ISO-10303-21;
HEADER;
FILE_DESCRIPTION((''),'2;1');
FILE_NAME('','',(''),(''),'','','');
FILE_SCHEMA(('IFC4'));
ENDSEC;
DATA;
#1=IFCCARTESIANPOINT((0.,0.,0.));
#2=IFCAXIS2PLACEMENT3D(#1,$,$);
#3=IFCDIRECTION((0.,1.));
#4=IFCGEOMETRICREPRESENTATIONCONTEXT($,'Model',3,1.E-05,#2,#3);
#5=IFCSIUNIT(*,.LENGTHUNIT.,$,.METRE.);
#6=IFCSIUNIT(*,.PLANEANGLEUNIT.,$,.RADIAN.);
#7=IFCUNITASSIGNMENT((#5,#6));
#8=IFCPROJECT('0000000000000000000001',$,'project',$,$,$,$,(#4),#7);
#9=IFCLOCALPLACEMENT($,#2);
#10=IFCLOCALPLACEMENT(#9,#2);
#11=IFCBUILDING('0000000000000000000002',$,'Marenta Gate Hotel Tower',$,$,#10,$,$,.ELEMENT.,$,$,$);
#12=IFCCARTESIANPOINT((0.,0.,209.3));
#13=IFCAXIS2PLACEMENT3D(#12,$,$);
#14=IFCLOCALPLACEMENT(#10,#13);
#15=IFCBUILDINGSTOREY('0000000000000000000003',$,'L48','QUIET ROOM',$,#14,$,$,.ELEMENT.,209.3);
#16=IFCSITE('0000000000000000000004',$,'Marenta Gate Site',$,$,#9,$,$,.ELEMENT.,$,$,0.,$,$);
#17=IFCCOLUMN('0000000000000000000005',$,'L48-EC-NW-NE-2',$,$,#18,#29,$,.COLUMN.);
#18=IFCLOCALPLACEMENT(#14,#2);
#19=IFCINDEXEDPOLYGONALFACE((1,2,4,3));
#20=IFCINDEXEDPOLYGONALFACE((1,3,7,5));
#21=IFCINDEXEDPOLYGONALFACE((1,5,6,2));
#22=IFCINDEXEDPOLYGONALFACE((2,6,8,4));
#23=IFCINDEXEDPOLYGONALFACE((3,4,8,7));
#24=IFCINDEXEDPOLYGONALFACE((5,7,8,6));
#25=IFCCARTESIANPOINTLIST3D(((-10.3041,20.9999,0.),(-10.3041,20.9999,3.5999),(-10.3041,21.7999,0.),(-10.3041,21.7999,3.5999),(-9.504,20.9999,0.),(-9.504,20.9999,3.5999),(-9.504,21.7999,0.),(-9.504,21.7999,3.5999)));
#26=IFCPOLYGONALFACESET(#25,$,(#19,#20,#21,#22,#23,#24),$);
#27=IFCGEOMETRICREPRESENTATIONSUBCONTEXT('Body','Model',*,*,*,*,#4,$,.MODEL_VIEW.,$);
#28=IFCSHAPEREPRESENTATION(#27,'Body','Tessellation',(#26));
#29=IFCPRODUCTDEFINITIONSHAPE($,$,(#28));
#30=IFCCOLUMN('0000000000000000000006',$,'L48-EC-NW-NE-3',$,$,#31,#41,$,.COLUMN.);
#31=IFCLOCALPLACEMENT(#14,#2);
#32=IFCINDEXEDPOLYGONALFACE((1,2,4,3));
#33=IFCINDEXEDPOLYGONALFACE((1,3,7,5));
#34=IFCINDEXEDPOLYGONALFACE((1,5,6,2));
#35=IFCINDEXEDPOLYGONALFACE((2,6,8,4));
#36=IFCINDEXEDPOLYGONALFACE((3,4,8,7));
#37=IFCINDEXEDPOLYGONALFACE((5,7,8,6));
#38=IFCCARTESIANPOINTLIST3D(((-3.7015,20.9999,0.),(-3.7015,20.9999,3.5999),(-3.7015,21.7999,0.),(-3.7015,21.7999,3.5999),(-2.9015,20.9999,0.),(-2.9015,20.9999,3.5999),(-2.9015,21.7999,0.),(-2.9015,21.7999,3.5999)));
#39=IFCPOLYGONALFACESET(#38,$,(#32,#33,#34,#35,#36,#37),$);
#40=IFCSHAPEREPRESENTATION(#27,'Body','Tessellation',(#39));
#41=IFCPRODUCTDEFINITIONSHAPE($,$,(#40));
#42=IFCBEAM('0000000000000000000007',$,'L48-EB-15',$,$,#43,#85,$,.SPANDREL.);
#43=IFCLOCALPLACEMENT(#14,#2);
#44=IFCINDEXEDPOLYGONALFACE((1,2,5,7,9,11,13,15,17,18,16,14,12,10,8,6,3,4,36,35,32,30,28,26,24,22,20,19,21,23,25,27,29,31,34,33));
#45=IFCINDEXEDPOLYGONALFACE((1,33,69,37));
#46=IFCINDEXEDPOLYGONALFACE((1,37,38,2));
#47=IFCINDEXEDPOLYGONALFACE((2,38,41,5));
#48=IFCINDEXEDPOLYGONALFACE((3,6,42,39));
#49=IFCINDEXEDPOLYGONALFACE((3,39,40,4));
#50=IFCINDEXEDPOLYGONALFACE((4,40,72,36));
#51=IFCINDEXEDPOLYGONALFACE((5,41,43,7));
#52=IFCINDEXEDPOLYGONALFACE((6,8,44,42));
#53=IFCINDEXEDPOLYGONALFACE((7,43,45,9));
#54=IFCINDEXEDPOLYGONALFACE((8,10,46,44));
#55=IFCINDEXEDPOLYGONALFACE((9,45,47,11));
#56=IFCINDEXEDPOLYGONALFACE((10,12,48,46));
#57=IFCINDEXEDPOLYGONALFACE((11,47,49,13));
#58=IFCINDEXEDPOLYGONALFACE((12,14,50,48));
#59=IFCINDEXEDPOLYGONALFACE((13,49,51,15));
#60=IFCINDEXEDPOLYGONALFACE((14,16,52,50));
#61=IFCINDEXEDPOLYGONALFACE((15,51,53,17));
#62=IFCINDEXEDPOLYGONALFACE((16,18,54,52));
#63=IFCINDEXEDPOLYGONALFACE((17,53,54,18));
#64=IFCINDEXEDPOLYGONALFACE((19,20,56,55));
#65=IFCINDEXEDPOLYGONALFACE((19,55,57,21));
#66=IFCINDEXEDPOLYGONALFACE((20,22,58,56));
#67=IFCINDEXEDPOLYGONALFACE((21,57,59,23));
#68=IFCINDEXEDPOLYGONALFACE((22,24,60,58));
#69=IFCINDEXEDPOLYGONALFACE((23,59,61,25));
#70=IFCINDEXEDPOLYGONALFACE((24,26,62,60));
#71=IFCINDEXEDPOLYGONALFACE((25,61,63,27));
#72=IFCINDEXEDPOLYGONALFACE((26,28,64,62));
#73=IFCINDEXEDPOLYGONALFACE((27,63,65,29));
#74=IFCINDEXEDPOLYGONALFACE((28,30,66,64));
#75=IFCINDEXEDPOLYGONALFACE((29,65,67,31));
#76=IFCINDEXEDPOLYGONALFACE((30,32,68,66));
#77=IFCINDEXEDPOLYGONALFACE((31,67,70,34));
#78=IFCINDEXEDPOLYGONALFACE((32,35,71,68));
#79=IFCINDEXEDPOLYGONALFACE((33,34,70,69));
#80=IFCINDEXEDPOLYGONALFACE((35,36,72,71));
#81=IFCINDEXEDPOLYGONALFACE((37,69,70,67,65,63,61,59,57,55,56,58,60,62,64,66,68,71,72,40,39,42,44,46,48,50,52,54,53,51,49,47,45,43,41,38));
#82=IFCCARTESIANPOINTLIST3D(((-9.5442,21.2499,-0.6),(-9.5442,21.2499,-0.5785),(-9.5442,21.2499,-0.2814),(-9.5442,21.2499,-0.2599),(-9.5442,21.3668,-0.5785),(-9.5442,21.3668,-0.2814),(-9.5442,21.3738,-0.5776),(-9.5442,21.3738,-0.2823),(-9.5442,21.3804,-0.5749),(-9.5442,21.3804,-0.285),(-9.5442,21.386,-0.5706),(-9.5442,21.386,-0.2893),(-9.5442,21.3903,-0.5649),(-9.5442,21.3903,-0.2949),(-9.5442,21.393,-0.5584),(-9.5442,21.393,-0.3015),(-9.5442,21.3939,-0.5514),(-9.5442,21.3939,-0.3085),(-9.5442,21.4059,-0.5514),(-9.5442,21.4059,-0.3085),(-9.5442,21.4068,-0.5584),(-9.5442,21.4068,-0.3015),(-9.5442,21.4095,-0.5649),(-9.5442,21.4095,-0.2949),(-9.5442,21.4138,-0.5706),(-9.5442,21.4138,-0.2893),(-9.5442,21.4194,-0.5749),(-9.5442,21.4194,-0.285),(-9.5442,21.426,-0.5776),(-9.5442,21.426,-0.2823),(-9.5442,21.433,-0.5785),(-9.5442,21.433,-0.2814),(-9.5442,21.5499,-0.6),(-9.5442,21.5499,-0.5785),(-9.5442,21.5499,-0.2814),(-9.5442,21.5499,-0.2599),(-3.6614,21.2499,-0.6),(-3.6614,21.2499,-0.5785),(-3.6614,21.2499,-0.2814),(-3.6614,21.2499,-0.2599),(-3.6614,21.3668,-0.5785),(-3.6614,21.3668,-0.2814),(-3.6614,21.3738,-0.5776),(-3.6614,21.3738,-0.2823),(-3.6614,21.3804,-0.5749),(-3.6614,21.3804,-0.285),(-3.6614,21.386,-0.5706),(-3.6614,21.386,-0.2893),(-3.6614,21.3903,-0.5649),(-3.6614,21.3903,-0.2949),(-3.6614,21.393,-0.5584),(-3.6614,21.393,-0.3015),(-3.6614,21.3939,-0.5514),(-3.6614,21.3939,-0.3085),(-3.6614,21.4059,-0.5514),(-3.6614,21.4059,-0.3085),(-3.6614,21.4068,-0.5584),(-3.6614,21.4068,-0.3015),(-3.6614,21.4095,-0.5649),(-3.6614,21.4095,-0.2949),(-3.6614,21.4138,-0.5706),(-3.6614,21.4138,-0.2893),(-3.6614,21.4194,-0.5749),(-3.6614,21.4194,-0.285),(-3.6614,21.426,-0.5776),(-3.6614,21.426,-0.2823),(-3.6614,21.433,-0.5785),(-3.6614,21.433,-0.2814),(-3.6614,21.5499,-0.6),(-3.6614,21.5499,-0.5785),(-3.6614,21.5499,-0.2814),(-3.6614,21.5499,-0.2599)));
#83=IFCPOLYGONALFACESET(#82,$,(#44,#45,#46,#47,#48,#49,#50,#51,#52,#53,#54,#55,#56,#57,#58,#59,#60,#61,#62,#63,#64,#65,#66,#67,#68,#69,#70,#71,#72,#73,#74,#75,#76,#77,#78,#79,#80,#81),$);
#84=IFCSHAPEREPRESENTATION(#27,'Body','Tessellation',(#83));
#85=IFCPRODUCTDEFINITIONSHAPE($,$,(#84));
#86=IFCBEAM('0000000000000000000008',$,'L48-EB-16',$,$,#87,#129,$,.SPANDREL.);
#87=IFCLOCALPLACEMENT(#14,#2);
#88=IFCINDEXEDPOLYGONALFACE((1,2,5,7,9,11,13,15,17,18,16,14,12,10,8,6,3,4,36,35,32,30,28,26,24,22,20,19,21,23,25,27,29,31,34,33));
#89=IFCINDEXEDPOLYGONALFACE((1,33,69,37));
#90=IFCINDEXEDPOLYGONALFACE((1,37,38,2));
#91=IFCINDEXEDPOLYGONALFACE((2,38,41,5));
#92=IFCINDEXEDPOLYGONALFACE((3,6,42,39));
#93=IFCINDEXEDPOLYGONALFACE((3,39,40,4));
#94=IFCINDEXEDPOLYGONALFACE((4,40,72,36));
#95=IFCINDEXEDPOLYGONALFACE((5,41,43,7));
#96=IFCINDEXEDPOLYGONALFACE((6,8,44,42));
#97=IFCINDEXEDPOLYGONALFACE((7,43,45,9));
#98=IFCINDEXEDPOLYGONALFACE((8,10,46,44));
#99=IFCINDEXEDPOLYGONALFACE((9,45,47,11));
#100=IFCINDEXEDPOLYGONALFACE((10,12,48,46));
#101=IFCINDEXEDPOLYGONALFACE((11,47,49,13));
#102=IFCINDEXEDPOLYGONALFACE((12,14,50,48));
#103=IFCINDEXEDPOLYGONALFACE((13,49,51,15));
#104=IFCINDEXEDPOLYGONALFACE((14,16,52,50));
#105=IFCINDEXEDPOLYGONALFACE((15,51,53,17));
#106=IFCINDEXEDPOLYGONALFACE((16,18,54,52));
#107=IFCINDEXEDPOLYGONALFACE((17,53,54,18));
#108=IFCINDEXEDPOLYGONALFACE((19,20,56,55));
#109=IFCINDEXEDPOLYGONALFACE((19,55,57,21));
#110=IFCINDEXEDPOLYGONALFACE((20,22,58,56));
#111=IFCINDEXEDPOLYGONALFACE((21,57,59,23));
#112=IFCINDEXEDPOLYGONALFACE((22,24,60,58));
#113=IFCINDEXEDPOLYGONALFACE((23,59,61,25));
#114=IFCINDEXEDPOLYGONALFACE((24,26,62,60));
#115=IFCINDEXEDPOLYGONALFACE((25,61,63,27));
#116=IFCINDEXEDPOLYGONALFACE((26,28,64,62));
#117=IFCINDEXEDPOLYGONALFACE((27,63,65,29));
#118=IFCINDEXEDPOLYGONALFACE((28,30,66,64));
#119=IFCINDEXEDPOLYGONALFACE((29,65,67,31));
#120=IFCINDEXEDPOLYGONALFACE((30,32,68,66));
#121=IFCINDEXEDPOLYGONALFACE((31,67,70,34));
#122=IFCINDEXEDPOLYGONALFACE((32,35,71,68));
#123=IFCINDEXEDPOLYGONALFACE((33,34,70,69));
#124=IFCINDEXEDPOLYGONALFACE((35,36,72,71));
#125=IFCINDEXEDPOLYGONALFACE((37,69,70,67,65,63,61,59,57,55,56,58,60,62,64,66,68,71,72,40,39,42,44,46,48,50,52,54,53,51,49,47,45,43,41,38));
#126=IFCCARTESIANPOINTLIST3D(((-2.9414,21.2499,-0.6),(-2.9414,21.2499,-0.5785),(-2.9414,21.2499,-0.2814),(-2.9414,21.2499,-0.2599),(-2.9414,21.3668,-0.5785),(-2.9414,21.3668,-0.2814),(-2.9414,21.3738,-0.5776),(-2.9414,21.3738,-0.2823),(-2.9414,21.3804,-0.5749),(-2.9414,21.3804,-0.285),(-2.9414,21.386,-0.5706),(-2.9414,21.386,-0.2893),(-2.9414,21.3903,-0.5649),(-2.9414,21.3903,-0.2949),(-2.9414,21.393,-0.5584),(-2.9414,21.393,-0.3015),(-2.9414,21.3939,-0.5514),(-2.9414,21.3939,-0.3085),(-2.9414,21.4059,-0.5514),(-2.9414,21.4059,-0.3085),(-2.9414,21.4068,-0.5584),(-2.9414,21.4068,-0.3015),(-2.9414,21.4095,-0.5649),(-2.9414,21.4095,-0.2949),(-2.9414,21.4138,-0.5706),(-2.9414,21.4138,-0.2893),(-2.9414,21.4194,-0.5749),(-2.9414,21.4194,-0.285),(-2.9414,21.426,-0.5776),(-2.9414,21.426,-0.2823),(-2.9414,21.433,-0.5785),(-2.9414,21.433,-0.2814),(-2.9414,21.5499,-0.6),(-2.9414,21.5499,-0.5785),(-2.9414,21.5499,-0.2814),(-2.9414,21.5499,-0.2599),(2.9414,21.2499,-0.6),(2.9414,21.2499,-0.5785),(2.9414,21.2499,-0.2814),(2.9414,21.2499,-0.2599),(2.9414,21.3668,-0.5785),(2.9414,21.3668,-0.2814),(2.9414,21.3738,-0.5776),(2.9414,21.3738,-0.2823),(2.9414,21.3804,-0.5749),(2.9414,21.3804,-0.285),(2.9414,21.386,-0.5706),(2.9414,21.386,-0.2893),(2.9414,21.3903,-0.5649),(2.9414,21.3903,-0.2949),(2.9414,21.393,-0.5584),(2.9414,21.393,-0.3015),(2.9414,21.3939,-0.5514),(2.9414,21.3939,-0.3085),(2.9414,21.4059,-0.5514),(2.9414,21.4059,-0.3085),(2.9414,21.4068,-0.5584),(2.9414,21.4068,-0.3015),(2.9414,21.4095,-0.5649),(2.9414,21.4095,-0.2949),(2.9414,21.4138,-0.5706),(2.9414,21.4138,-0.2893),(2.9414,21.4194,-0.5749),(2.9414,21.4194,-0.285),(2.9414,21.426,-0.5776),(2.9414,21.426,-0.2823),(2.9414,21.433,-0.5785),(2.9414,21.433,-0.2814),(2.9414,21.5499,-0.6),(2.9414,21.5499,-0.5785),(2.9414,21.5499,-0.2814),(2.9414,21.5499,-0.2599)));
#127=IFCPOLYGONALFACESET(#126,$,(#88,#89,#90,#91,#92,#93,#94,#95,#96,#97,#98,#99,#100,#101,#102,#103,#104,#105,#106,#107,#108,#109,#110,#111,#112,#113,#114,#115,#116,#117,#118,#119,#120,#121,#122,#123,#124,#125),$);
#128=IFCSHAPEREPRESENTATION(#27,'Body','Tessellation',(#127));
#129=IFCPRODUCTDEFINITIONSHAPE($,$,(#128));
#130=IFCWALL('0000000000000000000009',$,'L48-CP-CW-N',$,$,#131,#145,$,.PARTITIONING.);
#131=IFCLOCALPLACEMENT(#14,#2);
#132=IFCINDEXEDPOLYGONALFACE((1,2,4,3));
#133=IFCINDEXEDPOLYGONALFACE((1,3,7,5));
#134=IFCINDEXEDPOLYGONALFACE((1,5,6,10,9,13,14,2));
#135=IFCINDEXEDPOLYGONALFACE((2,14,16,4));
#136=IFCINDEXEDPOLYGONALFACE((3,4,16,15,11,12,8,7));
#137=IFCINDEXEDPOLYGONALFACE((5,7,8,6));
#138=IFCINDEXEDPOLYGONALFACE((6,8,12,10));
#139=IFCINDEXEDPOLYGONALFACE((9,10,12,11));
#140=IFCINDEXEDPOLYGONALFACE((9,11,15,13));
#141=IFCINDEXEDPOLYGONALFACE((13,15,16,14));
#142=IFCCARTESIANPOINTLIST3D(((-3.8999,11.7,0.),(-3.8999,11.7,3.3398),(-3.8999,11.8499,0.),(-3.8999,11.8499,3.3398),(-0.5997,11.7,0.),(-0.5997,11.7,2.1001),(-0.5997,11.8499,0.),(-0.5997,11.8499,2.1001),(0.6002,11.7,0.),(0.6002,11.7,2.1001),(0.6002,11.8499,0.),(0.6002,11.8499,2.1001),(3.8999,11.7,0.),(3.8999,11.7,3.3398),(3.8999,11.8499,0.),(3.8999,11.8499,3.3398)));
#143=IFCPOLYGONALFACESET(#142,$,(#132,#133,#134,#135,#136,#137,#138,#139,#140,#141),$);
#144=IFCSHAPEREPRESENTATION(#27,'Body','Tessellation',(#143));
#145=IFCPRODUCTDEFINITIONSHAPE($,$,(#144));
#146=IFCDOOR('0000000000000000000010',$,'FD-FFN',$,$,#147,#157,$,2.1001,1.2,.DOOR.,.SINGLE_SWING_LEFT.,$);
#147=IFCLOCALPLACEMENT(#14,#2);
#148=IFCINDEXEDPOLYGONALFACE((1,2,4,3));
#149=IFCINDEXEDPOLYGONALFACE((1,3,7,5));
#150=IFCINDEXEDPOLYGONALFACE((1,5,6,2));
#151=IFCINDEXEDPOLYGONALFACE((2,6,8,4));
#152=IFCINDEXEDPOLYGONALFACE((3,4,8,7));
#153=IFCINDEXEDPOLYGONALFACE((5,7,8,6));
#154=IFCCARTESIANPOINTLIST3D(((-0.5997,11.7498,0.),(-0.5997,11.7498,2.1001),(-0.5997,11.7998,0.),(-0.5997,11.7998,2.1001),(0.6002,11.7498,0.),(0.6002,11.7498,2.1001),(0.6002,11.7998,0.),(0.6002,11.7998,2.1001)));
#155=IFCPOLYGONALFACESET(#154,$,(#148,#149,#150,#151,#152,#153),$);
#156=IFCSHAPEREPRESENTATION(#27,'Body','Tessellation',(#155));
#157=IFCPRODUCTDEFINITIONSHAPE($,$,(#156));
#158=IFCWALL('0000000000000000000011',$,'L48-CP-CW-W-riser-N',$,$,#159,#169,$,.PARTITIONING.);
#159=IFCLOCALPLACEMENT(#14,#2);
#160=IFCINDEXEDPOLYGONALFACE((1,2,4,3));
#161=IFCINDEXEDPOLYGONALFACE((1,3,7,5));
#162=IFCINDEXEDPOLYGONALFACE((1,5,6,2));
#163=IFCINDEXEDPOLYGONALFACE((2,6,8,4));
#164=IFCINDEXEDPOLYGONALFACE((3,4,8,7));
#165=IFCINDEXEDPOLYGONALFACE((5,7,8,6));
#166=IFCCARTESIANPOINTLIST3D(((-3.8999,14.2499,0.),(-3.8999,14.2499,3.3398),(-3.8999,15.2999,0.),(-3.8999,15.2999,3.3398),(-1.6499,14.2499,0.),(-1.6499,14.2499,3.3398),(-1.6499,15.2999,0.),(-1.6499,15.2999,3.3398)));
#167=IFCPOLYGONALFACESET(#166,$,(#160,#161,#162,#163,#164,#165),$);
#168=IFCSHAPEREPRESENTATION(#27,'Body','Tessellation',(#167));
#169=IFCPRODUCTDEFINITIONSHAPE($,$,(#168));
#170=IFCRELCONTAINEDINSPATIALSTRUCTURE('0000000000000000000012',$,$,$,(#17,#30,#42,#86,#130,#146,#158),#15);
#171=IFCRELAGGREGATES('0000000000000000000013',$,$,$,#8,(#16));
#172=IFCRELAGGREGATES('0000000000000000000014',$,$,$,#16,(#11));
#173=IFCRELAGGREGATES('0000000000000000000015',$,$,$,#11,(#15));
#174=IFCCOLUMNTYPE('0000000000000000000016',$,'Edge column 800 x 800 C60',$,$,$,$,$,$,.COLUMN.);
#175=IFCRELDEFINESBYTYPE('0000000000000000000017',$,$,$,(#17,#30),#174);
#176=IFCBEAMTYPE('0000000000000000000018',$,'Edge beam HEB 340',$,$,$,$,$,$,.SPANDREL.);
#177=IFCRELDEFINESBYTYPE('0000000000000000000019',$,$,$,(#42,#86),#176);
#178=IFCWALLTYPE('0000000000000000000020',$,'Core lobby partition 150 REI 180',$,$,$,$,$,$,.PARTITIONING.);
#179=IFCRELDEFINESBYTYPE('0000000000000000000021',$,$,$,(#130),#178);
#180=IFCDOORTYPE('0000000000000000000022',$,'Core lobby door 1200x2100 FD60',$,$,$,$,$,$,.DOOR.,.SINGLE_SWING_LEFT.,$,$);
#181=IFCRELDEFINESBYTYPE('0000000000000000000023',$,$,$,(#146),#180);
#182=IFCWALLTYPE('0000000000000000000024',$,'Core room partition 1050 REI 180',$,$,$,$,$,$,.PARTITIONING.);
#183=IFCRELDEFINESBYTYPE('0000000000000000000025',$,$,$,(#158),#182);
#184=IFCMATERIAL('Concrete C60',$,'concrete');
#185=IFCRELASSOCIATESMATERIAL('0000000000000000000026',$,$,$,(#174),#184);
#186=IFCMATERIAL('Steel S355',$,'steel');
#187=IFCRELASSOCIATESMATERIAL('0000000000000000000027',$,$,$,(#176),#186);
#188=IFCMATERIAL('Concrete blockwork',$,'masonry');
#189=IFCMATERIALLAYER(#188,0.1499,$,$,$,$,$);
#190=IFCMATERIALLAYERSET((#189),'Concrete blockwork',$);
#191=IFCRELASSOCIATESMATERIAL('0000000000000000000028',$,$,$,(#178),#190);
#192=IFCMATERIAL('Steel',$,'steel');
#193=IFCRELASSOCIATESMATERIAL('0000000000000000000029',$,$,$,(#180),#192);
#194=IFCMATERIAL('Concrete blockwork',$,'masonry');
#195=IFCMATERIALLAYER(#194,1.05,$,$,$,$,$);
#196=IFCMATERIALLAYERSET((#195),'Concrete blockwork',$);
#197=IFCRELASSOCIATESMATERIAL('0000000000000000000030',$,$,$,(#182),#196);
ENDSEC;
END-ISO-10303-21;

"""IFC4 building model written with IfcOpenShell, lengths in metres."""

from ifc_helpers import new_model, si_unit, direction, frame, frame_2d, origin, origin_2d, place, context, subcontext, project, spatial, rectangle, i_section, extrude, material, layer, layer_set, material_profile, profile_set, type_object, element, fill, save


model = new_model("IFC4")

# Units and contexts
model_context = context("Model", 3, precision=1e-05, world=origin(), true_north=direction((0.0, 1.0)))
body_context = subcontext(model_context, "Body", "Model", "MODEL_VIEW")
ifc_project = project(units=[si_unit("LENGTHUNIT", "METRE"), si_unit("PLANEANGLEUNIT", "RADIAN")], contexts=[model_context])

# Site, building, storey
site_placement = place(None, origin())
site = spatial("IfcSite", under=ifc_project, at=site_placement, Name="Marenta Gate Site", CompositionType="ELEMENT", RefElevation=0.0)
building_placement = place(site_placement, origin())
building = spatial("IfcBuilding", under=site, at=building_placement, Name="Marenta Gate Hotel Tower", CompositionType="ELEMENT")
storey_placement = place(building_placement, frame((0.0, 0.0, 209.3)))
storey = spatial("IfcBuildingStorey", under=building, at=storey_placement, Name="L48", Description="QUIET ROOM", CompositionType="ELEMENT", Elevation=209.3)

# Columns
ifc_material_1 = material(Name="Concrete C60", Category="concrete")
ifc_material_profile_1 = material_profile(ifc_material_1, rectangle(XDim=0.8, YDim=0.8, at=origin_2d()), Name="800 x 800")
ifc_profile_set_1 = profile_set([ifc_material_profile_1], Name="Concrete C60")
column_type = type_object("IfcColumnType", Name="Edge column 800 x 800 C60", PredefinedType="COLUMN", material=ifc_profile_set_1)
for number, where, z_axis, x_axis, name in (
    (1, (-9.9041, 21.3999, 0.0), (0.0, 0.0, 1.0), (1.0, 0.0, 0.0), "L48-EC-NW-NE-2"),
    (2, (-3.3015, 21.3999, 0.0), (0.0, 0.0, 1.0), (1.0, 0.0, 0.0), "L48-EC-NW-NE-3"),
):
    element("IfcColumn", number, at=place(storey_placement, frame(where, z_axis=z_axis, x_axis=x_axis)), inside=storey, type_object=column_type, Name=name, PredefinedType="COLUMN", context=body_context, shape_type="SweptSolid", body=[
        extrude(rectangle(XDim=0.8, YDim=0.8, at=origin_2d()), origin(), (0.0, 0.0, 1.0), 3.5999),
    ])

# Beams
ifc_material_2 = material(Name="Steel S355", Category="steel")
ifc_material_profile_2 = material_profile(ifc_material_2, i_section(OverallWidth=0.3, OverallDepth=0.3401, WebThickness=0.012, FlangeThickness=0.0215, FilletRadius=0.0271, at=origin_2d()), Name="HEB 340")
ifc_profile_set_2 = profile_set([ifc_material_profile_2], Name="Steel S355")
beam_type = type_object("IfcBeamType", Name="Edge beam HEB 340", PredefinedType="SPANDREL", material=ifc_profile_set_2)
for number, where, z_axis, x_axis, name in (
    (3, (-9.5442, 21.3999, -0.4299), (1.0, 0.0, 0.0), (0.0, 1.0, 0.0), "L48-EB-15"),
    (4, (-2.9414, 21.3999, -0.4299), (1.0, 0.0, 0.0), (0.0, 1.0, 0.0), "L48-EB-16"),
):
    element("IfcBeam", number, at=place(storey_placement, frame(where, z_axis=z_axis, x_axis=x_axis)), inside=storey, type_object=beam_type, Name=name, PredefinedType="SPANDREL", context=body_context, shape_type="SweptSolid", body=[
        extrude(i_section(OverallWidth=0.3, OverallDepth=0.3401, WebThickness=0.012, FlangeThickness=0.0215, FilletRadius=0.0271, at=origin_2d()), origin(), (0.0, 0.0, 1.0), 5.8828),
    ])

# Wall, opening, door
ifc_material_3 = material(Name="Concrete blockwork", Category="masonry")
ifc_layer_1 = layer(ifc_material_3, 0.1499)
ifc_layer_set_1 = layer_set([ifc_layer_1], Name="Concrete blockwork")
wall_type_1 = type_object("IfcWallType", Name="Core lobby partition 150 REI 180", PredefinedType="PARTITIONING", material=ifc_layer_set_1)
wall_1_placement = place(storey_placement, frame((-3.8999, 11.7749, 0.0), z_axis=(0.0, 0.0, 1.0), x_axis=(1.0, 0.0, 0.0)))
wall_1 = element("IfcWall", 5, at=wall_1_placement, inside=storey, type_object=wall_type_1, Name="L48-CP-CW-N", PredefinedType="PARTITIONING", context=body_context, shape_type="SweptSolid", body=[
    extrude(rectangle(XDim=7.7998, YDim=0.1499, at=frame_2d((3.8999, 0.0))), origin(), (0.0, 0.0, 1.0), 3.3398),
])
opening_1_placement = place(wall_1_placement, frame((3.3, 0.0, 0.0)))
opening_1 = element("IfcOpeningElement", 6, at=opening_1_placement, cuts=wall_1, PredefinedType="OPENING", context=body_context, shape_type="SweptSolid", body=[
    extrude(rectangle(XDim=1.2, YDim=2.1001, at=frame_2d((0.6001, 1.05))), frame((0.0, 0.075, 0.0), z_axis=(0.0, -1.0, 0.0), x_axis=(1.0, 0.0, 0.0)), (0.0, 0.0, 1.0), 0.1499),
])
ifc_material_4 = material(Name="Steel", Category="steel")
door_type_1 = type_object("IfcDoorType", Name="Core lobby door 1200x2100 FD60", OperationType="SINGLE_SWING_LEFT", PredefinedType="DOOR", material=ifc_material_4)
door_1_placement = place(opening_1_placement, origin())
door_1 = element("IfcDoor", 7, at=door_1_placement, inside=storey, type_object=door_type_1, Name="FD-FFN", OperationType="SINGLE_SWING_LEFT", OverallHeight=2.1001, OverallWidth=1.2, PredefinedType="DOOR", context=body_context, shape_type="SweptSolid", body=[
    extrude(rectangle(XDim=1.2, YDim=2.1001, at=frame_2d((0.6001, 1.05))), frame((0.0, 0.0249, 0.0), z_axis=(0.0, -1.0, 0.0), x_axis=(1.0, 0.0, 0.0)), (0.0, 0.0, 1.0), 0.05),
])
fill(opening_1, door_1)

# Wall
ifc_material_5 = material(Name="Concrete blockwork", Category="masonry")
ifc_layer_2 = layer(ifc_material_5, 1.05)
ifc_layer_set_2 = layer_set([ifc_layer_2], Name="Concrete blockwork")
wall_type_2 = type_object("IfcWallType", Name="Core room partition 1050 REI 180", PredefinedType="PARTITIONING", material=ifc_layer_set_2)
wall_2_placement = place(storey_placement, frame((-3.8999, 14.7749, 0.0), z_axis=(0.0, 0.0, 1.0), x_axis=(1.0, 0.0, 0.0)))
element("IfcWall", 8, at=wall_2_placement, inside=storey, type_object=wall_type_2, Name="L48-CP-CW-W-riser-N", PredefinedType="PARTITIONING", context=body_context, shape_type="SweptSolid", body=[
    extrude(rectangle(XDim=2.25, YDim=1.05, at=frame_2d((1.125, 0.0))), origin(), (0.0, 0.0, 1.0), 3.3398),
])

save(model, "model.ifc")
